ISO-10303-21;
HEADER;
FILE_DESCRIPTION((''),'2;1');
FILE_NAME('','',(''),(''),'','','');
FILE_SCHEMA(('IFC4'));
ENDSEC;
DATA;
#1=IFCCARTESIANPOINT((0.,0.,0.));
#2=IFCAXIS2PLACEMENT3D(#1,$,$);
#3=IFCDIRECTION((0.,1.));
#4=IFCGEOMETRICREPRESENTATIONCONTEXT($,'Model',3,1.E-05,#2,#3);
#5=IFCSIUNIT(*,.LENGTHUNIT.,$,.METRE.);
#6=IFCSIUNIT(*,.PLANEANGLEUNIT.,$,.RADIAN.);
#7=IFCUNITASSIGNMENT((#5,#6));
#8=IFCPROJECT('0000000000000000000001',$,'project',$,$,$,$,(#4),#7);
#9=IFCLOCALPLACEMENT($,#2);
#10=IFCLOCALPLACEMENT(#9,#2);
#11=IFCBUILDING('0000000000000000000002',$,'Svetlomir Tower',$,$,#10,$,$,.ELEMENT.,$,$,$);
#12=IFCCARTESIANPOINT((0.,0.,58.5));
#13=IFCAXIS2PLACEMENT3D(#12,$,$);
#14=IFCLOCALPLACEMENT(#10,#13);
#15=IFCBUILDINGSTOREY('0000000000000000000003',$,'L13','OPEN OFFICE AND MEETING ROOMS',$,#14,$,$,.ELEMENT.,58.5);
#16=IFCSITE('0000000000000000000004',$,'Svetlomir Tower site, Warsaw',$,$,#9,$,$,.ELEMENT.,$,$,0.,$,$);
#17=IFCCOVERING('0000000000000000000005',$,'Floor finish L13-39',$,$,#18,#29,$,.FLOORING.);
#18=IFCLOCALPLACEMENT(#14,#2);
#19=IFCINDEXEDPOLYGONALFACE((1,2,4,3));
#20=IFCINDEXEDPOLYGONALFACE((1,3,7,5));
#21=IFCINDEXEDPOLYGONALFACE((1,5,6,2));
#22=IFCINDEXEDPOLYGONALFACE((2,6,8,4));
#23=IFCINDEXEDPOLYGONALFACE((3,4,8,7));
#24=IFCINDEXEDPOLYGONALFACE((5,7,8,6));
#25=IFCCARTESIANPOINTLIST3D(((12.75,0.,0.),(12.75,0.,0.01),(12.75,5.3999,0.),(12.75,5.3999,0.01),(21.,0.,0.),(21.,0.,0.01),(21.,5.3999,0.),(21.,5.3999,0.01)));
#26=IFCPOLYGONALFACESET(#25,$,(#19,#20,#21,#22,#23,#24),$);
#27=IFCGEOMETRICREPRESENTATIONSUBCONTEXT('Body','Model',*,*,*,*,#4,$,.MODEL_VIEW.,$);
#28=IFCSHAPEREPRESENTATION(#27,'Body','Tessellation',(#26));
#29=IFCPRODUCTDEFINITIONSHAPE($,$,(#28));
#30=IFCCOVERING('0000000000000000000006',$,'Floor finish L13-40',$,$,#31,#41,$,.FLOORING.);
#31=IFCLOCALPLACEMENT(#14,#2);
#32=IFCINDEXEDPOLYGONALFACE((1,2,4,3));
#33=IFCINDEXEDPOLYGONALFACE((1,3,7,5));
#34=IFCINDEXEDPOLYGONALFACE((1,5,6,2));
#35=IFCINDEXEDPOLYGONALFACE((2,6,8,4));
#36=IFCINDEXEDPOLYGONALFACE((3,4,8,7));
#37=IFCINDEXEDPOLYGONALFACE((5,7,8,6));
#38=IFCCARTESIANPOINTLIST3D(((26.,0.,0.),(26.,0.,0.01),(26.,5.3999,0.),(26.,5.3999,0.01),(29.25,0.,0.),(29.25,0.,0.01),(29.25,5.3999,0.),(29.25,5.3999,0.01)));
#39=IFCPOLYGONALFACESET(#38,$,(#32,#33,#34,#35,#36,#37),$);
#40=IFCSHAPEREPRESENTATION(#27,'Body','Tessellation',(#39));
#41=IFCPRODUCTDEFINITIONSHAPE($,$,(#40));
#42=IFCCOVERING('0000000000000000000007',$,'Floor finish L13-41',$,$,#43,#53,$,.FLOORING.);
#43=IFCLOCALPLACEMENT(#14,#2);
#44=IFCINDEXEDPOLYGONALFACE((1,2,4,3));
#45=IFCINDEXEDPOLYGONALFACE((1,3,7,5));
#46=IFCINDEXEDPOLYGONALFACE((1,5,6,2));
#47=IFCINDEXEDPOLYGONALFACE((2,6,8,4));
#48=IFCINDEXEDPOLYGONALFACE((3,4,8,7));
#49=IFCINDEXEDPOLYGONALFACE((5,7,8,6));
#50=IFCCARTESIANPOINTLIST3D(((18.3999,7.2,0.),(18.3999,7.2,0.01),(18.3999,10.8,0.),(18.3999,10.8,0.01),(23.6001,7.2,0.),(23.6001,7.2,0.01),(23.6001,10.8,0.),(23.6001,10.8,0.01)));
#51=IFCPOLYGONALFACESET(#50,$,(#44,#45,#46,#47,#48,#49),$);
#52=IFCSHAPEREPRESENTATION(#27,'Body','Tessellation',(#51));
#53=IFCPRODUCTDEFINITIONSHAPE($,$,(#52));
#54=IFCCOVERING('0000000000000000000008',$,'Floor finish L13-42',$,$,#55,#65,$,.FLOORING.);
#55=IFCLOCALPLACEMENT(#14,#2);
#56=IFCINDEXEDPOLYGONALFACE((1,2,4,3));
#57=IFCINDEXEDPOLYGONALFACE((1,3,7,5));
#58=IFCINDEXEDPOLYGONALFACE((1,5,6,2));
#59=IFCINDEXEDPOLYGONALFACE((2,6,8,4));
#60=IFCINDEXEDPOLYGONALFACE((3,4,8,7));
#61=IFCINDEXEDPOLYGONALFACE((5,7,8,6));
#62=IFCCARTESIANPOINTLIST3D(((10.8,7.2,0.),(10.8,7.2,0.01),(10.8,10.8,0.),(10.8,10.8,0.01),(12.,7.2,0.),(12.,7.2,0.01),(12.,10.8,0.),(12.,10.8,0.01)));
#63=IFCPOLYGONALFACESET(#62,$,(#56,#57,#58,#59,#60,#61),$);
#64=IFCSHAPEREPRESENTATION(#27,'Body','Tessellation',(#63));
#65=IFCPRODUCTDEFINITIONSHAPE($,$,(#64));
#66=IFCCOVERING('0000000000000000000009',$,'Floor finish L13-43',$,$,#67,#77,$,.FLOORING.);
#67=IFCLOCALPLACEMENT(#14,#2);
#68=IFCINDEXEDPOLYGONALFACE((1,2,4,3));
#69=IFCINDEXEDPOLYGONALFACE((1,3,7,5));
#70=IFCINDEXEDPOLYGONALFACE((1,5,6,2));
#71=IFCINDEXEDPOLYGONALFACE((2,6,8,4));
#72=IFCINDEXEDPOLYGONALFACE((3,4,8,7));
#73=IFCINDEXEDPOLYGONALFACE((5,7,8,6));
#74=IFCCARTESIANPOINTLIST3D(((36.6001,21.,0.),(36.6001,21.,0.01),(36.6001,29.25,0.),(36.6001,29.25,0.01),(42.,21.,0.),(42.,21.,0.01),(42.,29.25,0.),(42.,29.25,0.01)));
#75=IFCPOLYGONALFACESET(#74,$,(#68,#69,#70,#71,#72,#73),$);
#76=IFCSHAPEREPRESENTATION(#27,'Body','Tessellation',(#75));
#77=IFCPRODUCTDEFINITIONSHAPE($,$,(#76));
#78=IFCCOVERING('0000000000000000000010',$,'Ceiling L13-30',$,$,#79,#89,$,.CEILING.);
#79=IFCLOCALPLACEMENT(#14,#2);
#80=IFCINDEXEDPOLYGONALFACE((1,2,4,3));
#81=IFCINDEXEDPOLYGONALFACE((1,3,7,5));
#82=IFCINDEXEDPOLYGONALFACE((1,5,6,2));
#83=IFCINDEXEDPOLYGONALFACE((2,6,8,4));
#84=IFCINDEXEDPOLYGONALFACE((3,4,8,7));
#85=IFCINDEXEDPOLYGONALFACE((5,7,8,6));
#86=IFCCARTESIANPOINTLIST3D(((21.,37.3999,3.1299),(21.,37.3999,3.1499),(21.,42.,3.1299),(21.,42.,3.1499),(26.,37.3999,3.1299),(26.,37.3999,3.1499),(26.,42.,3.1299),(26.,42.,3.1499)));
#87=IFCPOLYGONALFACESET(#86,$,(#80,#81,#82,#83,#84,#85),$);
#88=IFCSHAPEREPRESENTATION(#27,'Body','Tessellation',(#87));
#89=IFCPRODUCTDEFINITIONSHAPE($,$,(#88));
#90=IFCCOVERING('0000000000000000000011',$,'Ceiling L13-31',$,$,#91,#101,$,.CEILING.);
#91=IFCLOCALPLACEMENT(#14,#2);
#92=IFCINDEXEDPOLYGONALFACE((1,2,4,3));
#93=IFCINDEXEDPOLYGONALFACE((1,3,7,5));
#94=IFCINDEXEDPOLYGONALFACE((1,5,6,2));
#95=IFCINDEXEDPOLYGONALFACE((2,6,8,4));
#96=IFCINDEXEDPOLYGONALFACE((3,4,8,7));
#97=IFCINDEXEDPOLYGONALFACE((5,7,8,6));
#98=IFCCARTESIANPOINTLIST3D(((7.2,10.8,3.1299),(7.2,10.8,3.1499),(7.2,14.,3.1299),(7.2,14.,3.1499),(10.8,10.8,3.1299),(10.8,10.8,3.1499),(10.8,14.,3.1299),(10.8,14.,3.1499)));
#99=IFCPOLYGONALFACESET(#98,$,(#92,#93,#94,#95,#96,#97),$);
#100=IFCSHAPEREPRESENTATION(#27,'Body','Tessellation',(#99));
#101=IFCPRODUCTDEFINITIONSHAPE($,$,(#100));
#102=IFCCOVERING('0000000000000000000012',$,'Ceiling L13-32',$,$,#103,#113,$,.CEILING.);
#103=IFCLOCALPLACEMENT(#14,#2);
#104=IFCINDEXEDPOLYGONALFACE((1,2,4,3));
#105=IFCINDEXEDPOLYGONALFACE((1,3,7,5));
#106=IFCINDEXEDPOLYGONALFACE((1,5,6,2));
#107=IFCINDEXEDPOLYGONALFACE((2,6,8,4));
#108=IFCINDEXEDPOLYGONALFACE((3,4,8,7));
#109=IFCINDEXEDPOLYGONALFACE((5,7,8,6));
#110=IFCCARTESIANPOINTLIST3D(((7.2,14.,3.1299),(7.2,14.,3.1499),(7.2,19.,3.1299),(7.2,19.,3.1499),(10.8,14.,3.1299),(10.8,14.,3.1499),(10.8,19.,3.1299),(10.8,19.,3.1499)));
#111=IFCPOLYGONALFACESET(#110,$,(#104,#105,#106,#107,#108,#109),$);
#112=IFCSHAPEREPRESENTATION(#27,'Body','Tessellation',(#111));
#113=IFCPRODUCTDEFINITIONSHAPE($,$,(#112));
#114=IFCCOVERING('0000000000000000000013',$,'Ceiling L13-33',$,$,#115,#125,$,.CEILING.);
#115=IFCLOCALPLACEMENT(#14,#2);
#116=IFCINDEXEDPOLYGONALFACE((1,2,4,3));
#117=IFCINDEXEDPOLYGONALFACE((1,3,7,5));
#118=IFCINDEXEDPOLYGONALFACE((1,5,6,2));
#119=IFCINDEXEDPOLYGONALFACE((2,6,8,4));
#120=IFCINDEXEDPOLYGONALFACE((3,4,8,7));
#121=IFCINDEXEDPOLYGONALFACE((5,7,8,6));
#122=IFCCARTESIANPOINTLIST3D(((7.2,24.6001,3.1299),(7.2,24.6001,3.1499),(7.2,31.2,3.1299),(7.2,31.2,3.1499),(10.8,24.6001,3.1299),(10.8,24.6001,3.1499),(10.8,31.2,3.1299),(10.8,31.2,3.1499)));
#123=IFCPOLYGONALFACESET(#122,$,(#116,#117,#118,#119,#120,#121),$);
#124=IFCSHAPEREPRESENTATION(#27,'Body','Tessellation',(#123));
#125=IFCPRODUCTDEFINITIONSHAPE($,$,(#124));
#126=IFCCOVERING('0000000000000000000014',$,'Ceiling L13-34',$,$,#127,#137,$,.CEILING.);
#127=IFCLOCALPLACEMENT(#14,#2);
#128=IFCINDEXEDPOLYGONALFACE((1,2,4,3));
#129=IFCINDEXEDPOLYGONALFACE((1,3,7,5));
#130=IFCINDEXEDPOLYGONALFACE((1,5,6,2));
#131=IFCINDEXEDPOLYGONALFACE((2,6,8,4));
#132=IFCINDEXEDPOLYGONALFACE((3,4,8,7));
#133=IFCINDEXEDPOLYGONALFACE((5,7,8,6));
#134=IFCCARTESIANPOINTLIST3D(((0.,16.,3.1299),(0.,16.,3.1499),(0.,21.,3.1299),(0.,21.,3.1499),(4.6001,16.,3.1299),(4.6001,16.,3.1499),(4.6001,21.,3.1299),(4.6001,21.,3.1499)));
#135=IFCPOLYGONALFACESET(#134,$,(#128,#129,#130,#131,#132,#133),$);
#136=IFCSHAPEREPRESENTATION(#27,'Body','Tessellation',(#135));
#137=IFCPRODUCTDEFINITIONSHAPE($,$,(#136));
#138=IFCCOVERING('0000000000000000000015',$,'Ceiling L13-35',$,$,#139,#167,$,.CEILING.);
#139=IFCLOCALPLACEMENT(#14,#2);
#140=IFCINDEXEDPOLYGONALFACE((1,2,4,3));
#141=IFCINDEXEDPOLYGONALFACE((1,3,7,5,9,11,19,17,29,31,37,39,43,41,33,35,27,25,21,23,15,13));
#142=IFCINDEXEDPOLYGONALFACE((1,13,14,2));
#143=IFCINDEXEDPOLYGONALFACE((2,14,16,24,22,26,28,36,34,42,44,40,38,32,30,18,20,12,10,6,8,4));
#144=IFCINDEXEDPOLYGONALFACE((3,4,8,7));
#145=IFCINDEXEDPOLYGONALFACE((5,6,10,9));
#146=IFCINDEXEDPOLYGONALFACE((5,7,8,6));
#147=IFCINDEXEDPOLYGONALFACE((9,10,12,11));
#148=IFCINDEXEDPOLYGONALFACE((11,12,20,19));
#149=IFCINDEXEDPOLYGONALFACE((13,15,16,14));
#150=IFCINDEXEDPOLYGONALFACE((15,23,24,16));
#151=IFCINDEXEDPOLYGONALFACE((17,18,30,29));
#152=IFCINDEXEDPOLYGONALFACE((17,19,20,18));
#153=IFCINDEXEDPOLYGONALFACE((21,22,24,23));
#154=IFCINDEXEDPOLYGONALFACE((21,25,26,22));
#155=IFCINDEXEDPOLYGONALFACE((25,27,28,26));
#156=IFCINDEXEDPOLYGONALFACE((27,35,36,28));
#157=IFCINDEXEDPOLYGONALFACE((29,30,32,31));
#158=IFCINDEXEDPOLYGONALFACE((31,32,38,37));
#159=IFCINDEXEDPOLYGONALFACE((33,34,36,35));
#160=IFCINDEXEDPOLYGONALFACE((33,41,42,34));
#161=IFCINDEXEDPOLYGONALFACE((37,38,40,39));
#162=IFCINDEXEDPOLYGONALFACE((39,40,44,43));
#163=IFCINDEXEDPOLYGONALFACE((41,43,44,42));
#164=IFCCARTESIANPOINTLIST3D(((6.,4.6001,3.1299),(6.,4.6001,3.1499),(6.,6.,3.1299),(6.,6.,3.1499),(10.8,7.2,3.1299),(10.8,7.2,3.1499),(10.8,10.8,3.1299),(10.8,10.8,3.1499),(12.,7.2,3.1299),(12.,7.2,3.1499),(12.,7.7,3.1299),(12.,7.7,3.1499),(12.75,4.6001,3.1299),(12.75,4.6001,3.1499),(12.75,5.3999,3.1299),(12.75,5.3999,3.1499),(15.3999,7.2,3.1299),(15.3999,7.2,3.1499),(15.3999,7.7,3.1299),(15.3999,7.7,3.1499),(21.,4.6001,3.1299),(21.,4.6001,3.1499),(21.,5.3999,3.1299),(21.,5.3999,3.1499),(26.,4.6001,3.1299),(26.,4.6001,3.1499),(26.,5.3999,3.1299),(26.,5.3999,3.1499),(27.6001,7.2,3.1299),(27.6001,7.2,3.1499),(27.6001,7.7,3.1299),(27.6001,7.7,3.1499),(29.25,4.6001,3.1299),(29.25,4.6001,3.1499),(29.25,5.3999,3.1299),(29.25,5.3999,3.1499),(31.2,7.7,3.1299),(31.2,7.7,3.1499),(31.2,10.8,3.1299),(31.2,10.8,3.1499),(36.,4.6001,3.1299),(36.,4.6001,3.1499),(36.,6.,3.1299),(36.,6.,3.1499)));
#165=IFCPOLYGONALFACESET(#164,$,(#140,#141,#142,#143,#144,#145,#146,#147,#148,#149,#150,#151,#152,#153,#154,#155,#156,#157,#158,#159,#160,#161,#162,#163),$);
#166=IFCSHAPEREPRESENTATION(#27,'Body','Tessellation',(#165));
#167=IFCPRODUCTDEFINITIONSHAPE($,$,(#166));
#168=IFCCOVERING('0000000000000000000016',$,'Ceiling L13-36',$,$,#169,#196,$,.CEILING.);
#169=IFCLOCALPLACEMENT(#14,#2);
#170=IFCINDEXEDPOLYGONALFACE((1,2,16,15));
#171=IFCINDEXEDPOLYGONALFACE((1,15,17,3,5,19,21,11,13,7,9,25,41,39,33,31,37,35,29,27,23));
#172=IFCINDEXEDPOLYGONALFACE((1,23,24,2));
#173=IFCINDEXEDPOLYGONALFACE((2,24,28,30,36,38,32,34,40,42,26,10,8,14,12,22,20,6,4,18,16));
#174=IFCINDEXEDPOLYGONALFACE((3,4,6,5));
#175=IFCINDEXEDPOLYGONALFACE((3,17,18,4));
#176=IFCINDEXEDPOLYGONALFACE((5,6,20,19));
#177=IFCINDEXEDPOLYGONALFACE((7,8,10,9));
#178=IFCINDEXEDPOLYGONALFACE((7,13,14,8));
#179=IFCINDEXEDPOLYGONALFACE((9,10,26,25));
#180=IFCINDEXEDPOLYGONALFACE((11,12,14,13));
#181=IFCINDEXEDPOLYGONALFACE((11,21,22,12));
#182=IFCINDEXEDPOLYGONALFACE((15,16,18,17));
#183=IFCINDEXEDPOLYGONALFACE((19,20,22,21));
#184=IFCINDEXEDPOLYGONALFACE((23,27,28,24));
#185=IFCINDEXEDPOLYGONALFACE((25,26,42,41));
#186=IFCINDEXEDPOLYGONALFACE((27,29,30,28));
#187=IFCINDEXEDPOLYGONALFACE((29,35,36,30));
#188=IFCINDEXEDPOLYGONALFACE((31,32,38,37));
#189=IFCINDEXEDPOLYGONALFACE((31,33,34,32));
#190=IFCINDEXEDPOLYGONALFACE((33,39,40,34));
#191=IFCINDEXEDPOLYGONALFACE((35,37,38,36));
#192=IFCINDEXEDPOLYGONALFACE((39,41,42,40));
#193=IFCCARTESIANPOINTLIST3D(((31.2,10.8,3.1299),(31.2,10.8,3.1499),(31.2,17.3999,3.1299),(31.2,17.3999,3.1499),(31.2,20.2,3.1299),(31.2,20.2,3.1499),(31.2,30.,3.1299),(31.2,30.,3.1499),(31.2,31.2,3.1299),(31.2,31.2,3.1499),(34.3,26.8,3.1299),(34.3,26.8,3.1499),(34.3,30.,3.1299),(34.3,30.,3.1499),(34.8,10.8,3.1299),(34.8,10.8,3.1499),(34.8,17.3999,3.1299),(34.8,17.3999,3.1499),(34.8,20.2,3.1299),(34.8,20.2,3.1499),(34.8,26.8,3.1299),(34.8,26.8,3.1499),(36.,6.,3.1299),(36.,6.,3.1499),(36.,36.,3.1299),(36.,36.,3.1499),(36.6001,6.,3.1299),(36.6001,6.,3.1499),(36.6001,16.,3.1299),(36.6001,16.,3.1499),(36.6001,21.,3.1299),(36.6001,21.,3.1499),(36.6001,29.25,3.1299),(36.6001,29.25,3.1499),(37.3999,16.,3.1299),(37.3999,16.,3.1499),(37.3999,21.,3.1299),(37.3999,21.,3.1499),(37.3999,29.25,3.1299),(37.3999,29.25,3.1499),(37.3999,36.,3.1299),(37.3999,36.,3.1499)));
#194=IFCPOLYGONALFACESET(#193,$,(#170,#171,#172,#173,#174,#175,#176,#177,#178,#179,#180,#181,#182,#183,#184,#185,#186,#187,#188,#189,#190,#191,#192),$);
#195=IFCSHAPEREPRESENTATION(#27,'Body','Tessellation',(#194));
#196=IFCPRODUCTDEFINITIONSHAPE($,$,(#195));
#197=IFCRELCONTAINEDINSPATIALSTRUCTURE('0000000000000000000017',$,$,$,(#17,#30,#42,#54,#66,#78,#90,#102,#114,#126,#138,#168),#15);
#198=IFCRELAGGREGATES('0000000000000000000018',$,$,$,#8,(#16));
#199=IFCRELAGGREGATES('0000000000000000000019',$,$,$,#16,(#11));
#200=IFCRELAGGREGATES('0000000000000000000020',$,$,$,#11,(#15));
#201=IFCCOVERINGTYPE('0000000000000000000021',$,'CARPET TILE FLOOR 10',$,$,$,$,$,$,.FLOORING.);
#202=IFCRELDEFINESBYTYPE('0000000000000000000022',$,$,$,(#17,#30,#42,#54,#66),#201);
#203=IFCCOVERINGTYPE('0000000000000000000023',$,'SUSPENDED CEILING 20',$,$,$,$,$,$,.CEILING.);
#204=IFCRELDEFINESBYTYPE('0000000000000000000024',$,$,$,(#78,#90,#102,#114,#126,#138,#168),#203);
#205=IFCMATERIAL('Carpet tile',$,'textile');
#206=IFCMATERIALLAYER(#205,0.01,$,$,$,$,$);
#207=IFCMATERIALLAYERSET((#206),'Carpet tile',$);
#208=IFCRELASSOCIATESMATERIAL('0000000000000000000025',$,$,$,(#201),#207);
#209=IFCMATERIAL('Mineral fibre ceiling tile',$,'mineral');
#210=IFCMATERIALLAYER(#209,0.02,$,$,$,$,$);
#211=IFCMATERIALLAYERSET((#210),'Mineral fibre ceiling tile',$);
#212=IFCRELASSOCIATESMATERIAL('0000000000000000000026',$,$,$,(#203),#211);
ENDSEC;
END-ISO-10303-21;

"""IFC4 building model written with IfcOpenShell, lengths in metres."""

from ifc_helpers import new_model, si_unit, direction, frame, origin, place, context, subcontext, project, spatial, polyline, outline, extrude, material, layer, layer_set, type_object, element, save


model = new_model("IFC4")

# Units and contexts
model_context = context("Model", 3, precision=1e-05, world=origin(), true_north=direction((0.0, 1.0)))
body_context = subcontext(model_context, "Body", "Model", "MODEL_VIEW")
ifc_project = project(units=[si_unit("LENGTHUNIT", "METRE"), si_unit("PLANEANGLEUNIT", "RADIAN")], contexts=[model_context])

# Site, building, storey
site_placement = place(None, origin())
site = spatial("IfcSite", under=ifc_project, at=site_placement, Name="Svetlomir Tower site, Warsaw", CompositionType="ELEMENT", RefElevation=0.0)
building_placement = place(site_placement, origin())
building = spatial("IfcBuilding", under=site, at=building_placement, Name="Svetlomir Tower", CompositionType="ELEMENT")
storey_placement = place(building_placement, frame((0.0, 0.0, 58.5)))
storey = spatial("IfcBuildingStorey", under=building, at=storey_placement, Name="L13", Description="OPEN OFFICE AND MEETING ROOMS", CompositionType="ELEMENT", Elevation=58.5)

# Coverings
ifc_material_1 = material(Name="Carpet tile", Category="textile")
ifc_layer_1 = layer(ifc_material_1, 0.01)
ifc_layer_set_1 = layer_set([ifc_layer_1], Name="Carpet tile")
covering_type_1 = type_object("IfcCoveringType", Name="CARPET TILE FLOOR 10", PredefinedType="FLOORING", material=ifc_layer_set_1)
covering_1_placement = place(storey_placement, origin())
element("IfcCovering", 1, at=covering_1_placement, inside=storey, type_object=covering_type_1, Name="Floor finish L13-39", PredefinedType="FLOORING", context=body_context, shape_type="SweptSolid", body=[
    extrude(outline(polyline([(12.75, 5.3999), (21.0, 5.3999), (21.0, 0.0), (12.75, 0.0), (12.75, 5.3999)])), origin(), (0.0, 0.0, 1.0), 0.01),
])
covering_2_placement = place(storey_placement, origin())
element("IfcCovering", 2, at=covering_2_placement, inside=storey, type_object=covering_type_1, Name="Floor finish L13-40", PredefinedType="FLOORING", context=body_context, shape_type="SweptSolid", body=[
    extrude(outline(polyline([(26.0, 0.0), (26.0, 5.3999), (29.25, 5.3999), (29.25, 0.0), (26.0, 0.0)])), origin(), (0.0, 0.0, 1.0), 0.01),
])
covering_3_placement = place(storey_placement, origin())
element("IfcCovering", 3, at=covering_3_placement, inside=storey, type_object=covering_type_1, Name="Floor finish L13-41", PredefinedType="FLOORING", context=body_context, shape_type="SweptSolid", body=[
    extrude(outline(polyline([(23.6001, 10.8), (23.6001, 7.2), (18.3999, 7.2), (18.3999, 10.8), (23.6001, 10.8)])), origin(), (0.0, 0.0, 1.0), 0.01),
])
covering_4_placement = place(storey_placement, origin())
element("IfcCovering", 4, at=covering_4_placement, inside=storey, type_object=covering_type_1, Name="Floor finish L13-42", PredefinedType="FLOORING", context=body_context, shape_type="SweptSolid", body=[
    extrude(outline(polyline([(12.0, 7.2), (10.8, 7.2), (10.8, 10.8), (12.0, 10.8), (12.0, 7.2)])), origin(), (0.0, 0.0, 1.0), 0.01),
])
covering_5_placement = place(storey_placement, origin())
element("IfcCovering", 5, at=covering_5_placement, inside=storey, type_object=covering_type_1, Name="Floor finish L13-43", PredefinedType="FLOORING", context=body_context, shape_type="SweptSolid", body=[
    extrude(outline(polyline([(42.0, 21.0), (36.6001, 21.0), (36.6001, 29.25), (42.0, 29.25), (42.0, 21.0)])), origin(), (0.0, 0.0, 1.0), 0.01),
])
ifc_material_2 = material(Name="Mineral fibre ceiling tile", Category="mineral")
ifc_layer_2 = layer(ifc_material_2, 0.02)
ifc_layer_set_2 = layer_set([ifc_layer_2], Name="Mineral fibre ceiling tile")
covering_type_2 = type_object("IfcCoveringType", Name="SUSPENDED CEILING 20", PredefinedType="CEILING", material=ifc_layer_set_2)
covering_6_placement = place(storey_placement, frame((0.0, 0.0, 3.1299)))
element("IfcCovering", 6, at=covering_6_placement, inside=storey, type_object=covering_type_2, Name="Ceiling L13-30", PredefinedType="CEILING", context=body_context, shape_type="SweptSolid", body=[
    extrude(outline(polyline([(21.0, 37.3999), (26.0, 37.3999), (26.0, 42.0), (21.0, 42.0), (21.0, 37.3999)])), origin(), (0.0, 0.0, 1.0), 0.02),
])
covering_7_placement = place(storey_placement, frame((0.0, 0.0, 3.1299)))
element("IfcCovering", 7, at=covering_7_placement, inside=storey, type_object=covering_type_2, Name="Ceiling L13-31", PredefinedType="CEILING", context=body_context, shape_type="SweptSolid", body=[
    extrude(outline(polyline([(7.2, 10.8), (10.8, 10.8), (10.8, 14.0), (7.2, 14.0), (7.2, 10.8)])), origin(), (0.0, 0.0, 1.0), 0.02),
])
covering_8_placement = place(storey_placement, frame((0.0, 0.0, 3.1299)))
element("IfcCovering", 8, at=covering_8_placement, inside=storey, type_object=covering_type_2, Name="Ceiling L13-32", PredefinedType="CEILING", context=body_context, shape_type="SweptSolid", body=[
    extrude(outline(polyline([(7.2, 14.0), (10.8, 14.0), (10.8, 19.0), (7.2, 19.0), (7.2, 14.0)])), origin(), (0.0, 0.0, 1.0), 0.02),
])
covering_9_placement = place(storey_placement, frame((0.0, 0.0, 3.1299)))
element("IfcCovering", 9, at=covering_9_placement, inside=storey, type_object=covering_type_2, Name="Ceiling L13-33", PredefinedType="CEILING", context=body_context, shape_type="SweptSolid", body=[
    extrude(outline(polyline([(7.2, 24.6001), (10.8, 24.6001), (10.8, 31.2), (7.2, 31.2), (7.2, 24.6001)])), origin(), (0.0, 0.0, 1.0), 0.02),
])
covering_10_placement = place(storey_placement, frame((0.0, 0.0, 3.1299)))
element("IfcCovering", 10, at=covering_10_placement, inside=storey, type_object=covering_type_2, Name="Ceiling L13-34", PredefinedType="CEILING", context=body_context, shape_type="SweptSolid", body=[
    extrude(outline(polyline([(0.0, 16.0), (4.6001, 16.0), (4.6001, 21.0), (0.0, 21.0), (0.0, 16.0)])), origin(), (0.0, 0.0, 1.0), 0.02),
])
covering_11_placement = place(storey_placement, frame((0.0, 0.0, 3.1299)))
element("IfcCovering", 11, at=covering_11_placement, inside=storey, type_object=covering_type_2, Name="Ceiling L13-35", PredefinedType="CEILING", context=body_context, shape_type="SweptSolid", body=[
    extrude(outline(polyline([(6.0, 6.0), (10.8, 10.8), (10.8, 7.2), (12.0, 7.2), (12.0, 7.7), (15.3999, 7.7), (15.3999, 7.2), (27.6001, 7.2), (27.6001, 7.7), (31.2, 7.7), (31.2, 10.8), (36.0, 6.0), (36.0, 4.6001), (29.25, 4.6001), (29.25, 5.3999), (26.0, 5.3999), (26.0, 4.6001), (21.0, 4.6001), (21.0, 5.3999), (12.75, 5.3999), (12.75, 4.6001), (6.0, 4.6001), (6.0, 6.0)])), origin(), (0.0, 0.0, 1.0), 0.02),
])
covering_12_placement = place(storey_placement, frame((0.0, 0.0, 3.1299)))
element("IfcCovering", 12, at=covering_12_placement, inside=storey, type_object=covering_type_2, Name="Ceiling L13-36", PredefinedType="CEILING", context=body_context, shape_type="SweptSolid", body=[
    extrude(outline(polyline([(31.2, 17.3999), (31.2, 20.2), (34.8, 20.2), (34.8, 26.8), (34.3, 26.8), (34.3, 30.0), (31.2, 30.0), (31.2, 31.2), (36.0, 36.0), (37.3999, 36.0), (37.3999, 29.25), (36.6001, 29.25), (36.6001, 21.0), (37.3999, 21.0), (37.3999, 16.0), (36.6001, 16.0), (36.6001, 6.0), (36.0, 6.0), (31.2, 10.8), (34.8, 10.8), (34.8, 17.3999), (31.2, 17.3999)])), origin(), (0.0, 0.0, 1.0), 0.02),
])

save(model, "model.ifc")
